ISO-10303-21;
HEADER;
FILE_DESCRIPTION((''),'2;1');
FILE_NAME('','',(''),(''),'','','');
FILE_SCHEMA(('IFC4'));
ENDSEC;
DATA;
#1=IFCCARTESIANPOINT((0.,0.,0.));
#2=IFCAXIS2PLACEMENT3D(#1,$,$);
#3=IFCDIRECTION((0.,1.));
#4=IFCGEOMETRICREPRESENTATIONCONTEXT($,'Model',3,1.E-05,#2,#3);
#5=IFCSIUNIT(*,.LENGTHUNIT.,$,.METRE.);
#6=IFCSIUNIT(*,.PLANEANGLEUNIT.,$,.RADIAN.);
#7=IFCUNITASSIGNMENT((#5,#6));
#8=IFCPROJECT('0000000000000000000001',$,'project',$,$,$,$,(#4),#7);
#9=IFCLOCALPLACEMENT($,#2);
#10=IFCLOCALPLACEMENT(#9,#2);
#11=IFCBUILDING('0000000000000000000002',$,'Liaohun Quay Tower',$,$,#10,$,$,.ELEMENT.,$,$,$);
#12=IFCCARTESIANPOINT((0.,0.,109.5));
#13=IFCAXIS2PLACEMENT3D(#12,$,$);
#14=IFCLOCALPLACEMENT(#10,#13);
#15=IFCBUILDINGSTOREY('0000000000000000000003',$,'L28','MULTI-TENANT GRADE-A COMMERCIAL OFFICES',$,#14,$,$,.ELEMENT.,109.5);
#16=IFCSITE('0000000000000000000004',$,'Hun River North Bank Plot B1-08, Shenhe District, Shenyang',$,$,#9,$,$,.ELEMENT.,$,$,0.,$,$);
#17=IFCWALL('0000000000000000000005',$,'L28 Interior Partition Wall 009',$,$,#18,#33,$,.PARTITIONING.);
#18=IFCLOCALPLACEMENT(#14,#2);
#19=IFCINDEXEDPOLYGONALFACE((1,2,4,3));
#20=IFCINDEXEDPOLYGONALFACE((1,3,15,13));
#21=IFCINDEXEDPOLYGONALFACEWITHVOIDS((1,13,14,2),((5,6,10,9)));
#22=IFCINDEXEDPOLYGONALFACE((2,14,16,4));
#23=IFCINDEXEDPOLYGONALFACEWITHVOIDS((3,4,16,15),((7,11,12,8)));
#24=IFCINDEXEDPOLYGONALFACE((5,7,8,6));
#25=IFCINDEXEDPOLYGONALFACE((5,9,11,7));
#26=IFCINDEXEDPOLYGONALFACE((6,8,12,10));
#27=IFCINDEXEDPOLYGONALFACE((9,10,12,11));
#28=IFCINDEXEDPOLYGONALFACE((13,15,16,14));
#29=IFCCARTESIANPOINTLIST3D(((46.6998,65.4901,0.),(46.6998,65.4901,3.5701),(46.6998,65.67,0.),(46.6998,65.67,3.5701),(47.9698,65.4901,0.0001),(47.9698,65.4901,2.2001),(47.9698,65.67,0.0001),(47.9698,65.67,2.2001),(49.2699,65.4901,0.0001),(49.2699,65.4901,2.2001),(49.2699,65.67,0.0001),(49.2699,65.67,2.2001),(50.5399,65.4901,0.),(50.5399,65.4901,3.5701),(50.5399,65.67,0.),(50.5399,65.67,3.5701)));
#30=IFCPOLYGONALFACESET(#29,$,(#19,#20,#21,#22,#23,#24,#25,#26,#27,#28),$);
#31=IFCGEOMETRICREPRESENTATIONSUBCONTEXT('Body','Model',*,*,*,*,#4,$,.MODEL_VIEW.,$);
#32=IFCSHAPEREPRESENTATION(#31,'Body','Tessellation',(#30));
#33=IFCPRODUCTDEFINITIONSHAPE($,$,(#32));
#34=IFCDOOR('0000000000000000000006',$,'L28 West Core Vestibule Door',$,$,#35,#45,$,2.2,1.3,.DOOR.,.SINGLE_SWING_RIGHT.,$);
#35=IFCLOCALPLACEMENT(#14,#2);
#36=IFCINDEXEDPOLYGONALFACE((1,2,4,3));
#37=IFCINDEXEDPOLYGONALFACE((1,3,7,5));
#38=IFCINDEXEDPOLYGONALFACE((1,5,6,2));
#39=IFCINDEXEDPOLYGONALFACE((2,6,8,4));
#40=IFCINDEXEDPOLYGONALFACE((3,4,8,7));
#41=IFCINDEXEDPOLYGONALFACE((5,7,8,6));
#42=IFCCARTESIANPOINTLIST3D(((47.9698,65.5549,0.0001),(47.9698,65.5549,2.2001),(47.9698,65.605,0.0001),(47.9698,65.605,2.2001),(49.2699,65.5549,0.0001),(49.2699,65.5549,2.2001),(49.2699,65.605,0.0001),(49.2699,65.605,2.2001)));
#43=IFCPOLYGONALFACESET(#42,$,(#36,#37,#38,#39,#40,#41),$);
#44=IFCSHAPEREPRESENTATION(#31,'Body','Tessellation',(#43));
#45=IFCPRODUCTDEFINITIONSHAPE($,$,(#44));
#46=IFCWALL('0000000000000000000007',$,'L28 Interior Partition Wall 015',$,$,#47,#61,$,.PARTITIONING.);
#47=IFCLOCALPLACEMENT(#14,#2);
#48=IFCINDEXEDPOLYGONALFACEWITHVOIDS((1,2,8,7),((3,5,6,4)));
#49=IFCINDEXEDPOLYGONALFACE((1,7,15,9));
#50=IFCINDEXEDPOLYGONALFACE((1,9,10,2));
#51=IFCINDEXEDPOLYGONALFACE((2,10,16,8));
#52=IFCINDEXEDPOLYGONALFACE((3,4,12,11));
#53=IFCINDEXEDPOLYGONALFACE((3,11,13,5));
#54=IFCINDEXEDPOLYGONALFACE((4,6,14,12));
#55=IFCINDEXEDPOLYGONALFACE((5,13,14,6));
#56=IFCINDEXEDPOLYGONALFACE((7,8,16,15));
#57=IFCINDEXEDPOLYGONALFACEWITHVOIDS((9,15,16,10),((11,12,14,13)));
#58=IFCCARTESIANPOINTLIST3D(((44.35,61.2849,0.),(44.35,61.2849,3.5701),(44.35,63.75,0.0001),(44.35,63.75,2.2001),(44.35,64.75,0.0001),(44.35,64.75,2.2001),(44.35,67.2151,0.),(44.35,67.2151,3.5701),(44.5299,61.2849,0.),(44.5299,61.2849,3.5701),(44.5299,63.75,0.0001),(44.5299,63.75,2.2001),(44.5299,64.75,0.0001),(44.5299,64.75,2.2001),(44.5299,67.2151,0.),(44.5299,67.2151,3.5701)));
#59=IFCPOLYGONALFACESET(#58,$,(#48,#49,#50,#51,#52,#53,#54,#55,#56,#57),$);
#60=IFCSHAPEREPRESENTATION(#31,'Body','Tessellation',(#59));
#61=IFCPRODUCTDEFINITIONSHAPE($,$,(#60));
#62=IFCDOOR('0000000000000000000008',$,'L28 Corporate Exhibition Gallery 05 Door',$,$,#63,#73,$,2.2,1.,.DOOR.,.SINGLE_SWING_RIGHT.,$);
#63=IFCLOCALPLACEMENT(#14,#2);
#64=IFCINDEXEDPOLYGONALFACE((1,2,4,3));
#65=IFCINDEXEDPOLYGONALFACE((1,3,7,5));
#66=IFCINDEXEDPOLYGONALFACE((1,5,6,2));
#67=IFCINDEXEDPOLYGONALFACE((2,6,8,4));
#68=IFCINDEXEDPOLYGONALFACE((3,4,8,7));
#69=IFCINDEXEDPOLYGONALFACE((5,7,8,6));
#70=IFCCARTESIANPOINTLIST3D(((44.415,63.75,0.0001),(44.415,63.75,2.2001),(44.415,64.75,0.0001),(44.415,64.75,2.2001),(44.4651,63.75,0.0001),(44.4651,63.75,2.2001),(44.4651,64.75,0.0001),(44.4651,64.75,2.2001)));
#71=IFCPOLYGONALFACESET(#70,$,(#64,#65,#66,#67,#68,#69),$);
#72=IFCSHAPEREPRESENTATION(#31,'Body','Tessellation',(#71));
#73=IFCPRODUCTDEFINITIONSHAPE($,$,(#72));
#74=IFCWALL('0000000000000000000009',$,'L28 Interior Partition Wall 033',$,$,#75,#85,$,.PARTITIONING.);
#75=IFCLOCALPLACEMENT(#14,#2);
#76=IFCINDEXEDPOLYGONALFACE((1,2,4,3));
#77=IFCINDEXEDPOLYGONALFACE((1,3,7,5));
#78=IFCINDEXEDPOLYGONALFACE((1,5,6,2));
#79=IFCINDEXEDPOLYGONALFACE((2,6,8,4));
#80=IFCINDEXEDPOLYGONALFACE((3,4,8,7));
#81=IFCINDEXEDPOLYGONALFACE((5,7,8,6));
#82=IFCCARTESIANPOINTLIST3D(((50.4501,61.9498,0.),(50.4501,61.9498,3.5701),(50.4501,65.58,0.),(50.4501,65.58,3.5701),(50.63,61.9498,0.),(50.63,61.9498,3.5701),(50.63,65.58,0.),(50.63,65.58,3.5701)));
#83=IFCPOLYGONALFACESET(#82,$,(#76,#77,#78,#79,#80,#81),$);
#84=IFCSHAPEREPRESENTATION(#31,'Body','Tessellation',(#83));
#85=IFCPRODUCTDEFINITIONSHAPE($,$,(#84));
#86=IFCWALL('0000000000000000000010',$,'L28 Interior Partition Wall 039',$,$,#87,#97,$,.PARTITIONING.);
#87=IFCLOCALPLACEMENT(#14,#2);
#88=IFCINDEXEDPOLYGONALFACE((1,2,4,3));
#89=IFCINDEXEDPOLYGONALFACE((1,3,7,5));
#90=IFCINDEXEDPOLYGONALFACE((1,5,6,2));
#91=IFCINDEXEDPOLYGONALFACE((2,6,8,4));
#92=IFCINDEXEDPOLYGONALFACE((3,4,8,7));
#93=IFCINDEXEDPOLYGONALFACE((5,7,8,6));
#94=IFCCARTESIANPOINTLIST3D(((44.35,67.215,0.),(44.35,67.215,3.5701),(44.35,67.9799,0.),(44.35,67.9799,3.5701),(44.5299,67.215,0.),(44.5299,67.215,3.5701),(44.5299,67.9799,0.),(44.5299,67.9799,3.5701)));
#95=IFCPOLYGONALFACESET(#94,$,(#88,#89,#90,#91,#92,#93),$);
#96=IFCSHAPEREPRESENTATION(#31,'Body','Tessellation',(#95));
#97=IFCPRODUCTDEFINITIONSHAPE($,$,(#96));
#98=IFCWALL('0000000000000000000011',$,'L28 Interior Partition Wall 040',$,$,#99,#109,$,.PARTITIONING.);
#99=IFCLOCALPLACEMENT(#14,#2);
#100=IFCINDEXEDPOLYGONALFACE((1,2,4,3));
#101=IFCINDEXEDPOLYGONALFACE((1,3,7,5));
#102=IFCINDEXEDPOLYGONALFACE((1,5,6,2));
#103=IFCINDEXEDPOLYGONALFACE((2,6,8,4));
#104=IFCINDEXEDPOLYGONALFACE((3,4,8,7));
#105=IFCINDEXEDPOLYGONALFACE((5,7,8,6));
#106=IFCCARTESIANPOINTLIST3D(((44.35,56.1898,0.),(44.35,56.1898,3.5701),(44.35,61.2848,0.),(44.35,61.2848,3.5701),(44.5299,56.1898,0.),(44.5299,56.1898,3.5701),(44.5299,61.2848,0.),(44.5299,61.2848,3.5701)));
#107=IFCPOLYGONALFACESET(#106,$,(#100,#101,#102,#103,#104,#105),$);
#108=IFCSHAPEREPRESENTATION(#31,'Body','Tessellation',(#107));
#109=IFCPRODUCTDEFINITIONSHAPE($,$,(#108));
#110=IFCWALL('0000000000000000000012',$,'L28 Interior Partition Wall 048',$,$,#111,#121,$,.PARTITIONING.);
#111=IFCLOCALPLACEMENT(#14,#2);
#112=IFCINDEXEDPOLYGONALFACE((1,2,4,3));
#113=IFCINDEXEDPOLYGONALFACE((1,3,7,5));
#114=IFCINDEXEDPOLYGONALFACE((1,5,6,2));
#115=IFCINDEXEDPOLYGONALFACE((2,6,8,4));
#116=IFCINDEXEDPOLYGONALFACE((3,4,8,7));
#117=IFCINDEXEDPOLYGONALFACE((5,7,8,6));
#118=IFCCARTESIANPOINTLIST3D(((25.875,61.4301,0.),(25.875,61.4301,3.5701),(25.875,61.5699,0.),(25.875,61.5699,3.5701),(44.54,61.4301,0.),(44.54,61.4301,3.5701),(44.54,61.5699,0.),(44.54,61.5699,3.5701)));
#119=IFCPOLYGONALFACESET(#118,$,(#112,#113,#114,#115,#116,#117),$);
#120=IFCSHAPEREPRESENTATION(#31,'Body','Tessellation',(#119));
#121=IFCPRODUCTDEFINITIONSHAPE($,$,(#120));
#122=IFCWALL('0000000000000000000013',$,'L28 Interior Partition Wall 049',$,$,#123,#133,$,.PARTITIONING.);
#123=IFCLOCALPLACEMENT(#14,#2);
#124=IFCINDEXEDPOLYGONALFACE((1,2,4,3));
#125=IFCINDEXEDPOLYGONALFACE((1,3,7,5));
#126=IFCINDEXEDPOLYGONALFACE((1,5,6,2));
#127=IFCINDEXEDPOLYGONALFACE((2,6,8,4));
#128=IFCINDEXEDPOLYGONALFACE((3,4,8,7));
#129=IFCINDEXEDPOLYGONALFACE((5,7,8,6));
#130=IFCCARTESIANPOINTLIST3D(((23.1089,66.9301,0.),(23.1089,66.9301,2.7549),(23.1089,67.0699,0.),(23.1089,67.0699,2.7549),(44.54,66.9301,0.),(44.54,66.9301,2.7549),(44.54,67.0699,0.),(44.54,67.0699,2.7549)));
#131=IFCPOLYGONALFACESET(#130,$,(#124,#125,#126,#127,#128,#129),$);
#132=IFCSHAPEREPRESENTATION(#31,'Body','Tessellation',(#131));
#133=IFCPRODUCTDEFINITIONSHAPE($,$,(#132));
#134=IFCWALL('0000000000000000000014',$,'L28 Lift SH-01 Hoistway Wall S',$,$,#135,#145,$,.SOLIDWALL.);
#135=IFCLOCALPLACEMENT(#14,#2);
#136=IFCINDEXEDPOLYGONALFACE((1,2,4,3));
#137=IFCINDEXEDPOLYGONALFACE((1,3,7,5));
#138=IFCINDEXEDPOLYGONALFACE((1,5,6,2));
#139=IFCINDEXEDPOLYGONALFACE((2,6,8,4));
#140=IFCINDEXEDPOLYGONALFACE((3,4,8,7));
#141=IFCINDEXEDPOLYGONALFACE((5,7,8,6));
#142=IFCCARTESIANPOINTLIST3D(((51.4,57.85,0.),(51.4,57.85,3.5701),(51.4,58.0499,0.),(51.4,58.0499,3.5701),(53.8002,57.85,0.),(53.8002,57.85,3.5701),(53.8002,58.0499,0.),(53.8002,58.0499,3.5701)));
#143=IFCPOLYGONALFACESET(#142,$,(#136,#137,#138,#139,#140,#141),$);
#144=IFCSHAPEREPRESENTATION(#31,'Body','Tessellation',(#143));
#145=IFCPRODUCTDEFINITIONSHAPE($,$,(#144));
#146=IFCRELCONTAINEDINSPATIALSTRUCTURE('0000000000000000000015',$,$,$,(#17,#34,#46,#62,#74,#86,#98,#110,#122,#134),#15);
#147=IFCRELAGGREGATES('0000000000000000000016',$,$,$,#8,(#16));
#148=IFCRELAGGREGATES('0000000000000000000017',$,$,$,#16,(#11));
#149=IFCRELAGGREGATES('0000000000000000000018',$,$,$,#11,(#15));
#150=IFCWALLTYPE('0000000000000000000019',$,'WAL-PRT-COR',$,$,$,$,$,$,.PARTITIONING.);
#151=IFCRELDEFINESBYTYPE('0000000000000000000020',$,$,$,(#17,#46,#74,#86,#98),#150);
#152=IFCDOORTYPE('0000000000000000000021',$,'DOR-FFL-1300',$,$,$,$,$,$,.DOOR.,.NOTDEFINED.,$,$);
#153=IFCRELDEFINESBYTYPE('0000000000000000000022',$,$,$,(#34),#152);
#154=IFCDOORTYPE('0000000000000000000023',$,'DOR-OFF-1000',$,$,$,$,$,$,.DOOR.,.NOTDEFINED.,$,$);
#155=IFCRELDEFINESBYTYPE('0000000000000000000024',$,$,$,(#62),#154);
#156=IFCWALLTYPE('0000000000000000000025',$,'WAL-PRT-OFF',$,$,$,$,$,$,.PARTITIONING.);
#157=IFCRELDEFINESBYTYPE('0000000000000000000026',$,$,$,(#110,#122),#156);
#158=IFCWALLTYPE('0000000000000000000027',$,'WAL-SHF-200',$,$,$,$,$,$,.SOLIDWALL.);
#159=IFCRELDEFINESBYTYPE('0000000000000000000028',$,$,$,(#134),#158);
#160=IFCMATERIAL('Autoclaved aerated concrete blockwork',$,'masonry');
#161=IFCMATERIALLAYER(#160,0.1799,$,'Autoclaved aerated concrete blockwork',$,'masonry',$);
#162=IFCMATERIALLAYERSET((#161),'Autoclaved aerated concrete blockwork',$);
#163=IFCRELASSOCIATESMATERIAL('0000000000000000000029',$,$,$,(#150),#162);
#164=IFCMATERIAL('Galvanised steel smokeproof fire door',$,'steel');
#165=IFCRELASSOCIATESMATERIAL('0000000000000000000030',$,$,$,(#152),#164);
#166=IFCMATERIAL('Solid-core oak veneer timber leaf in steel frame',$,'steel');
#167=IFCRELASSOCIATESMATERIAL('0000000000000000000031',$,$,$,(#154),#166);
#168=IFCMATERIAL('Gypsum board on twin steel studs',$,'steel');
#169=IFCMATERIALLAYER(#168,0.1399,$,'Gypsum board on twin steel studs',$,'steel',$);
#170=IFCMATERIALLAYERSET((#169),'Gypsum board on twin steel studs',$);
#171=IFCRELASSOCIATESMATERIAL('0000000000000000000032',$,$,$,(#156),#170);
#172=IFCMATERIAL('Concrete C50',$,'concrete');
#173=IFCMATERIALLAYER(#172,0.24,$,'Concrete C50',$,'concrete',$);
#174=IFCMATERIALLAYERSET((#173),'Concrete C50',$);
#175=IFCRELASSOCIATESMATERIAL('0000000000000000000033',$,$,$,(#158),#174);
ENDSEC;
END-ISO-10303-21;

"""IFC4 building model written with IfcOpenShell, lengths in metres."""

from ifc_helpers import new_model, si_unit, direction, frame, frame_2d, origin, place, context, subcontext, project, spatial, rectangle, extrude, source, transform, mapped, material, layer, layer_set, type_object, element, fill, save


model = new_model("IFC4")

# Units and contexts
model_context = context("Model", 3, precision=1e-05, world=origin(), true_north=direction((0.0, 1.0)))
body_context = subcontext(model_context, "Body", "Model", "MODEL_VIEW")
ifc_project = project(units=[si_unit("LENGTHUNIT", "METRE"), si_unit("PLANEANGLEUNIT", "RADIAN")], contexts=[model_context])

# Site, building, storey
site_placement = place(None, origin())
site = spatial("IfcSite", under=ifc_project, at=site_placement, Name="Hun River North Bank Plot B1-08, Shenhe District, Shenyang", CompositionType="ELEMENT", RefElevation=0.0)
building_placement = place(site_placement, origin())
building = spatial("IfcBuilding", under=site, at=building_placement, Name="Liaohun Quay Tower", CompositionType="ELEMENT")
storey_placement = place(building_placement, frame((0.0, 0.0, 109.5)))
storey = spatial("IfcBuildingStorey", under=building, at=storey_placement, Name="L28", Description="MULTI-TENANT GRADE-A COMMERCIAL OFFICES", CompositionType="ELEMENT", Elevation=109.5)

# Walls, openings, doors
ifc_material_1 = material(Name="Autoclaved aerated concrete blockwork", Category="masonry")
ifc_layer_1 = layer(ifc_material_1, 0.1799, Name="Autoclaved aerated concrete blockwork", Category="masonry")
ifc_layer_set_1 = layer_set([ifc_layer_1], Name="Autoclaved aerated concrete blockwork")
wall_type_1 = type_object("IfcWallType", Name="WAL-PRT-COR", PredefinedType="PARTITIONING", material=ifc_layer_set_1)
wall_1_placement = place(storey_placement, frame((46.7, 65.5801, 0.0), z_axis=(0.0, 0.0, 1.0), x_axis=(1.0, 0.0, 0.0)))
wall_1 = element("IfcWall", 1, at=wall_1_placement, inside=storey, type_object=wall_type_1, Name="L28 Interior Partition Wall 009", PredefinedType="PARTITIONING", context=body_context, shape_type="SweptSolid", body=[
    extrude(rectangle(XDim=3.8401, YDim=0.1799, at=frame_2d((1.9199, 0.0))), origin(), (0.0, 0.0, 1.0), 3.5701),
])
shared_shape_1 = source(origin(), body_context, "Body", "SweptSolid", [
    extrude(rectangle(XDim=1.3, YDim=2.2, at=frame_2d((0.6499, 1.1001))), frame((0.0, 0.0999, 0.0), z_axis=(0.0, -1.0, 0.0), x_axis=(1.0, 0.0, 0.0)), (0.0, 0.0, 1.0), 0.2),
])
opening_1_placement = place(wall_1_placement, frame((1.27, 0.0, 0.0)))
opening_1 = element("IfcOpeningElement", 2, at=opening_1_placement, cuts=wall_1, PredefinedType="OPENING", context=body_context, shape_type="MappedRepresentation", body=[
    mapped(shared_shape_1, transform((0.0, 0.0, 0.0), x_axis=(1.0, 0.0, 0.0), y_axis=(0.0, 1.0, 0.0), z_axis=(0.0, 0.0, 1.0), scale=1.0)),
])
ifc_material_2 = material(Name="Galvanised steel smokeproof fire door", Category="steel")
door_type_1 = type_object("IfcDoorType", Name="DOR-FFL-1300", OperationType="NOTDEFINED", PredefinedType="DOOR", material=ifc_material_2)
shared_shape_2 = source(origin(), body_context, "Body", "SweptSolid", [
    extrude(rectangle(XDim=1.3, YDim=2.2, at=frame_2d((0.6499, 1.1001))), frame((0.0, 0.0249, 0.0), z_axis=(0.0, -1.0, 0.0), x_axis=(1.0, 0.0, 0.0)), (0.0, 0.0, 1.0), 0.05),
])
door_1_placement = place(opening_1_placement, origin())
door_1 = element("IfcDoor", 3, at=door_1_placement, inside=storey, type_object=door_type_1, Name="L28 West Core Vestibule Door", OperationType="SINGLE_SWING_RIGHT", OverallHeight=2.2, OverallWidth=1.3, PredefinedType="DOOR", context=body_context, shape_type="MappedRepresentation", body=[
    mapped(shared_shape_2, transform((0.0, 0.0, 0.0), x_axis=(1.0, 0.0, 0.0), y_axis=(0.0, 1.0, 0.0), z_axis=(0.0, 0.0, 1.0), scale=1.0)),
])
fill(opening_1, door_1)
wall_2_placement = place(storey_placement, frame((44.4399, 61.2849, 0.0), z_axis=(0.0, 0.0, 1.0), x_axis=(0.0, 1.0, 0.0)))
wall_2 = element("IfcWall", 4, at=wall_2_placement, inside=storey, type_object=wall_type_1, Name="L28 Interior Partition Wall 015", PredefinedType="PARTITIONING", context=body_context, shape_type="SweptSolid", body=[
    extrude(rectangle(XDim=5.9302, YDim=0.1799, at=frame_2d((2.9651, 0.0))), origin(), (0.0, 0.0, 1.0), 3.5701),
])
shared_shape_3 = source(origin(), body_context, "Body", "SweptSolid", [
    extrude(rectangle(XDim=1.0, YDim=2.2, at=frame_2d((0.5, 1.1001))), frame((0.0, 0.0999, 0.0), z_axis=(0.0, -1.0, 0.0), x_axis=(1.0, 0.0, 0.0)), (0.0, 0.0, 1.0), 0.2),
])
opening_2_placement = place(wall_2_placement, frame((2.4651, 0.0, 0.0)))
opening_2 = element("IfcOpeningElement", 5, at=opening_2_placement, cuts=wall_2, PredefinedType="OPENING", context=body_context, shape_type="MappedRepresentation", body=[
    mapped(shared_shape_3, transform((0.0, 0.0, 0.0), x_axis=(1.0, 0.0, 0.0), y_axis=(0.0, 1.0, 0.0), z_axis=(0.0, 0.0, 1.0), scale=1.0)),
])
ifc_material_3 = material(Name="Solid-core oak veneer timber leaf in steel frame", Category="steel")
door_type_2 = type_object("IfcDoorType", Name="DOR-OFF-1000", OperationType="NOTDEFINED", PredefinedType="DOOR", material=ifc_material_3)
shared_shape_4 = source(origin(), body_context, "Body", "SweptSolid", [
    extrude(rectangle(XDim=1.0, YDim=2.2, at=frame_2d((0.5, 1.1001))), frame((0.0, 0.0249, 0.0), z_axis=(0.0, -1.0, 0.0), x_axis=(1.0, 0.0, 0.0)), (0.0, 0.0, 1.0), 0.05),
])
door_2_placement = place(opening_2_placement, origin())
door_2 = element("IfcDoor", 6, at=door_2_placement, inside=storey, type_object=door_type_2, Name="L28 Corporate Exhibition Gallery 05 Door", OperationType="SINGLE_SWING_RIGHT", OverallHeight=2.2, OverallWidth=1.0, PredefinedType="DOOR", context=body_context, shape_type="MappedRepresentation", body=[
    mapped(shared_shape_4, transform((0.0, 0.0, 0.0), x_axis=(1.0, 0.0, 0.0), y_axis=(0.0, 1.0, 0.0), z_axis=(0.0, 0.0, 1.0), scale=1.0)),
])
fill(opening_2, door_2)

# Walls
wall_3_placement = place(storey_placement, frame((50.54, 61.95, 0.0), z_axis=(0.0, 0.0, 1.0), x_axis=(0.0, 1.0, 0.0)))
element("IfcWall", 7, at=wall_3_placement, inside=storey, type_object=wall_type_1, Name="L28 Interior Partition Wall 033", PredefinedType="PARTITIONING", context=body_context, shape_type="SweptSolid", body=[
    extrude(rectangle(XDim=3.6301, YDim=0.1799, at=frame_2d((1.8149, 0.0))), origin(), (0.0, 0.0, 1.0), 3.5701),
])
wall_4_placement = place(storey_placement, frame((44.4399, 67.2151, 0.0), z_axis=(0.0, 0.0, 1.0), x_axis=(0.0, 1.0, 0.0)))
element("IfcWall", 8, at=wall_4_placement, inside=storey, type_object=wall_type_1, Name="L28 Interior Partition Wall 039", PredefinedType="PARTITIONING", context=body_context, shape_type="SweptSolid", body=[
    extrude(rectangle(XDim=0.7649, YDim=0.1799, at=frame_2d((0.3823, 0.0))), origin(), (0.0, 0.0, 1.0), 3.5701),
])
wall_5_placement = place(storey_placement, frame((44.4399, 56.1899, 0.0), z_axis=(0.0, 0.0, 1.0), x_axis=(0.0, 1.0, 0.0)))
element("IfcWall", 9, at=wall_5_placement, inside=storey, type_object=wall_type_1, Name="L28 Interior Partition Wall 040", PredefinedType="PARTITIONING", context=body_context, shape_type="SweptSolid", body=[
    extrude(rectangle(XDim=5.095, YDim=0.1799, at=frame_2d((2.5474, 0.0))), origin(), (0.0, 0.0, 1.0), 3.5701),
])
ifc_material_4 = material(Name="Gypsum board on twin steel studs", Category="steel")
ifc_layer_2 = layer(ifc_material_4, 0.1399, Name="Gypsum board on twin steel studs", Category="steel")
ifc_layer_set_2 = layer_set([ifc_layer_2], Name="Gypsum board on twin steel studs")
wall_type_2 = type_object("IfcWallType", Name="WAL-PRT-OFF", PredefinedType="PARTITIONING", material=ifc_layer_set_2)
wall_6_placement = place(storey_placement, frame((44.54, 61.5, 0.0), z_axis=(0.0, 0.0, 1.0), x_axis=(-1.0, 0.0, 0.0)))
element("IfcWall", 10, at=wall_6_placement, inside=storey, type_object=wall_type_2, Name="L28 Interior Partition Wall 048", PredefinedType="PARTITIONING", context=body_context, shape_type="SweptSolid", body=[
    extrude(rectangle(XDim=18.665, YDim=0.1399, at=frame_2d((9.3325, 0.0))), origin(), (0.0, 0.0, 1.0), 3.5701),
])
wall_7_placement = place(storey_placement, frame((44.54, 67.0, 0.0), z_axis=(0.0, 0.0, 1.0), x_axis=(-1.0, 0.0, 0.0)))
element("IfcWall", 11, at=wall_7_placement, inside=storey, type_object=wall_type_2, Name="L28 Interior Partition Wall 049", PredefinedType="PARTITIONING", context=body_context, shape_type="SweptSolid", body=[
    extrude(rectangle(XDim=21.4312, YDim=0.1399, at=frame_2d((10.7156, 0.0))), origin(), (0.0, 0.0, 1.0), 2.7549),
])
ifc_material_5 = material(Name="Concrete C50", Category="concrete")
ifc_layer_3 = layer(ifc_material_5, 0.24, Name="Concrete C50", Category="concrete")
ifc_layer_set_3 = layer_set([ifc_layer_3], Name="Concrete C50")
wall_type_3 = type_object("IfcWallType", Name="WAL-SHF-200", PredefinedType="SOLIDWALL", material=ifc_layer_set_3)
wall_8_placement = place(storey_placement, frame((51.3999, 57.95, 0.0), z_axis=(0.0, 0.0, 1.0), x_axis=(1.0, 0.0, 0.0)))
element("IfcWall", 12, at=wall_8_placement, inside=storey, type_object=wall_type_3, Name="L28 Lift SH-01 Hoistway Wall S", PredefinedType="SOLIDWALL", context=body_context, shape_type="SweptSolid", body=[
    extrude(rectangle(XDim=2.4001, YDim=0.2, at=frame_2d((1.2002, 0.0))), origin(), (0.0, 0.0, 1.0), 3.5701),
])

save(model, "model.ifc")
